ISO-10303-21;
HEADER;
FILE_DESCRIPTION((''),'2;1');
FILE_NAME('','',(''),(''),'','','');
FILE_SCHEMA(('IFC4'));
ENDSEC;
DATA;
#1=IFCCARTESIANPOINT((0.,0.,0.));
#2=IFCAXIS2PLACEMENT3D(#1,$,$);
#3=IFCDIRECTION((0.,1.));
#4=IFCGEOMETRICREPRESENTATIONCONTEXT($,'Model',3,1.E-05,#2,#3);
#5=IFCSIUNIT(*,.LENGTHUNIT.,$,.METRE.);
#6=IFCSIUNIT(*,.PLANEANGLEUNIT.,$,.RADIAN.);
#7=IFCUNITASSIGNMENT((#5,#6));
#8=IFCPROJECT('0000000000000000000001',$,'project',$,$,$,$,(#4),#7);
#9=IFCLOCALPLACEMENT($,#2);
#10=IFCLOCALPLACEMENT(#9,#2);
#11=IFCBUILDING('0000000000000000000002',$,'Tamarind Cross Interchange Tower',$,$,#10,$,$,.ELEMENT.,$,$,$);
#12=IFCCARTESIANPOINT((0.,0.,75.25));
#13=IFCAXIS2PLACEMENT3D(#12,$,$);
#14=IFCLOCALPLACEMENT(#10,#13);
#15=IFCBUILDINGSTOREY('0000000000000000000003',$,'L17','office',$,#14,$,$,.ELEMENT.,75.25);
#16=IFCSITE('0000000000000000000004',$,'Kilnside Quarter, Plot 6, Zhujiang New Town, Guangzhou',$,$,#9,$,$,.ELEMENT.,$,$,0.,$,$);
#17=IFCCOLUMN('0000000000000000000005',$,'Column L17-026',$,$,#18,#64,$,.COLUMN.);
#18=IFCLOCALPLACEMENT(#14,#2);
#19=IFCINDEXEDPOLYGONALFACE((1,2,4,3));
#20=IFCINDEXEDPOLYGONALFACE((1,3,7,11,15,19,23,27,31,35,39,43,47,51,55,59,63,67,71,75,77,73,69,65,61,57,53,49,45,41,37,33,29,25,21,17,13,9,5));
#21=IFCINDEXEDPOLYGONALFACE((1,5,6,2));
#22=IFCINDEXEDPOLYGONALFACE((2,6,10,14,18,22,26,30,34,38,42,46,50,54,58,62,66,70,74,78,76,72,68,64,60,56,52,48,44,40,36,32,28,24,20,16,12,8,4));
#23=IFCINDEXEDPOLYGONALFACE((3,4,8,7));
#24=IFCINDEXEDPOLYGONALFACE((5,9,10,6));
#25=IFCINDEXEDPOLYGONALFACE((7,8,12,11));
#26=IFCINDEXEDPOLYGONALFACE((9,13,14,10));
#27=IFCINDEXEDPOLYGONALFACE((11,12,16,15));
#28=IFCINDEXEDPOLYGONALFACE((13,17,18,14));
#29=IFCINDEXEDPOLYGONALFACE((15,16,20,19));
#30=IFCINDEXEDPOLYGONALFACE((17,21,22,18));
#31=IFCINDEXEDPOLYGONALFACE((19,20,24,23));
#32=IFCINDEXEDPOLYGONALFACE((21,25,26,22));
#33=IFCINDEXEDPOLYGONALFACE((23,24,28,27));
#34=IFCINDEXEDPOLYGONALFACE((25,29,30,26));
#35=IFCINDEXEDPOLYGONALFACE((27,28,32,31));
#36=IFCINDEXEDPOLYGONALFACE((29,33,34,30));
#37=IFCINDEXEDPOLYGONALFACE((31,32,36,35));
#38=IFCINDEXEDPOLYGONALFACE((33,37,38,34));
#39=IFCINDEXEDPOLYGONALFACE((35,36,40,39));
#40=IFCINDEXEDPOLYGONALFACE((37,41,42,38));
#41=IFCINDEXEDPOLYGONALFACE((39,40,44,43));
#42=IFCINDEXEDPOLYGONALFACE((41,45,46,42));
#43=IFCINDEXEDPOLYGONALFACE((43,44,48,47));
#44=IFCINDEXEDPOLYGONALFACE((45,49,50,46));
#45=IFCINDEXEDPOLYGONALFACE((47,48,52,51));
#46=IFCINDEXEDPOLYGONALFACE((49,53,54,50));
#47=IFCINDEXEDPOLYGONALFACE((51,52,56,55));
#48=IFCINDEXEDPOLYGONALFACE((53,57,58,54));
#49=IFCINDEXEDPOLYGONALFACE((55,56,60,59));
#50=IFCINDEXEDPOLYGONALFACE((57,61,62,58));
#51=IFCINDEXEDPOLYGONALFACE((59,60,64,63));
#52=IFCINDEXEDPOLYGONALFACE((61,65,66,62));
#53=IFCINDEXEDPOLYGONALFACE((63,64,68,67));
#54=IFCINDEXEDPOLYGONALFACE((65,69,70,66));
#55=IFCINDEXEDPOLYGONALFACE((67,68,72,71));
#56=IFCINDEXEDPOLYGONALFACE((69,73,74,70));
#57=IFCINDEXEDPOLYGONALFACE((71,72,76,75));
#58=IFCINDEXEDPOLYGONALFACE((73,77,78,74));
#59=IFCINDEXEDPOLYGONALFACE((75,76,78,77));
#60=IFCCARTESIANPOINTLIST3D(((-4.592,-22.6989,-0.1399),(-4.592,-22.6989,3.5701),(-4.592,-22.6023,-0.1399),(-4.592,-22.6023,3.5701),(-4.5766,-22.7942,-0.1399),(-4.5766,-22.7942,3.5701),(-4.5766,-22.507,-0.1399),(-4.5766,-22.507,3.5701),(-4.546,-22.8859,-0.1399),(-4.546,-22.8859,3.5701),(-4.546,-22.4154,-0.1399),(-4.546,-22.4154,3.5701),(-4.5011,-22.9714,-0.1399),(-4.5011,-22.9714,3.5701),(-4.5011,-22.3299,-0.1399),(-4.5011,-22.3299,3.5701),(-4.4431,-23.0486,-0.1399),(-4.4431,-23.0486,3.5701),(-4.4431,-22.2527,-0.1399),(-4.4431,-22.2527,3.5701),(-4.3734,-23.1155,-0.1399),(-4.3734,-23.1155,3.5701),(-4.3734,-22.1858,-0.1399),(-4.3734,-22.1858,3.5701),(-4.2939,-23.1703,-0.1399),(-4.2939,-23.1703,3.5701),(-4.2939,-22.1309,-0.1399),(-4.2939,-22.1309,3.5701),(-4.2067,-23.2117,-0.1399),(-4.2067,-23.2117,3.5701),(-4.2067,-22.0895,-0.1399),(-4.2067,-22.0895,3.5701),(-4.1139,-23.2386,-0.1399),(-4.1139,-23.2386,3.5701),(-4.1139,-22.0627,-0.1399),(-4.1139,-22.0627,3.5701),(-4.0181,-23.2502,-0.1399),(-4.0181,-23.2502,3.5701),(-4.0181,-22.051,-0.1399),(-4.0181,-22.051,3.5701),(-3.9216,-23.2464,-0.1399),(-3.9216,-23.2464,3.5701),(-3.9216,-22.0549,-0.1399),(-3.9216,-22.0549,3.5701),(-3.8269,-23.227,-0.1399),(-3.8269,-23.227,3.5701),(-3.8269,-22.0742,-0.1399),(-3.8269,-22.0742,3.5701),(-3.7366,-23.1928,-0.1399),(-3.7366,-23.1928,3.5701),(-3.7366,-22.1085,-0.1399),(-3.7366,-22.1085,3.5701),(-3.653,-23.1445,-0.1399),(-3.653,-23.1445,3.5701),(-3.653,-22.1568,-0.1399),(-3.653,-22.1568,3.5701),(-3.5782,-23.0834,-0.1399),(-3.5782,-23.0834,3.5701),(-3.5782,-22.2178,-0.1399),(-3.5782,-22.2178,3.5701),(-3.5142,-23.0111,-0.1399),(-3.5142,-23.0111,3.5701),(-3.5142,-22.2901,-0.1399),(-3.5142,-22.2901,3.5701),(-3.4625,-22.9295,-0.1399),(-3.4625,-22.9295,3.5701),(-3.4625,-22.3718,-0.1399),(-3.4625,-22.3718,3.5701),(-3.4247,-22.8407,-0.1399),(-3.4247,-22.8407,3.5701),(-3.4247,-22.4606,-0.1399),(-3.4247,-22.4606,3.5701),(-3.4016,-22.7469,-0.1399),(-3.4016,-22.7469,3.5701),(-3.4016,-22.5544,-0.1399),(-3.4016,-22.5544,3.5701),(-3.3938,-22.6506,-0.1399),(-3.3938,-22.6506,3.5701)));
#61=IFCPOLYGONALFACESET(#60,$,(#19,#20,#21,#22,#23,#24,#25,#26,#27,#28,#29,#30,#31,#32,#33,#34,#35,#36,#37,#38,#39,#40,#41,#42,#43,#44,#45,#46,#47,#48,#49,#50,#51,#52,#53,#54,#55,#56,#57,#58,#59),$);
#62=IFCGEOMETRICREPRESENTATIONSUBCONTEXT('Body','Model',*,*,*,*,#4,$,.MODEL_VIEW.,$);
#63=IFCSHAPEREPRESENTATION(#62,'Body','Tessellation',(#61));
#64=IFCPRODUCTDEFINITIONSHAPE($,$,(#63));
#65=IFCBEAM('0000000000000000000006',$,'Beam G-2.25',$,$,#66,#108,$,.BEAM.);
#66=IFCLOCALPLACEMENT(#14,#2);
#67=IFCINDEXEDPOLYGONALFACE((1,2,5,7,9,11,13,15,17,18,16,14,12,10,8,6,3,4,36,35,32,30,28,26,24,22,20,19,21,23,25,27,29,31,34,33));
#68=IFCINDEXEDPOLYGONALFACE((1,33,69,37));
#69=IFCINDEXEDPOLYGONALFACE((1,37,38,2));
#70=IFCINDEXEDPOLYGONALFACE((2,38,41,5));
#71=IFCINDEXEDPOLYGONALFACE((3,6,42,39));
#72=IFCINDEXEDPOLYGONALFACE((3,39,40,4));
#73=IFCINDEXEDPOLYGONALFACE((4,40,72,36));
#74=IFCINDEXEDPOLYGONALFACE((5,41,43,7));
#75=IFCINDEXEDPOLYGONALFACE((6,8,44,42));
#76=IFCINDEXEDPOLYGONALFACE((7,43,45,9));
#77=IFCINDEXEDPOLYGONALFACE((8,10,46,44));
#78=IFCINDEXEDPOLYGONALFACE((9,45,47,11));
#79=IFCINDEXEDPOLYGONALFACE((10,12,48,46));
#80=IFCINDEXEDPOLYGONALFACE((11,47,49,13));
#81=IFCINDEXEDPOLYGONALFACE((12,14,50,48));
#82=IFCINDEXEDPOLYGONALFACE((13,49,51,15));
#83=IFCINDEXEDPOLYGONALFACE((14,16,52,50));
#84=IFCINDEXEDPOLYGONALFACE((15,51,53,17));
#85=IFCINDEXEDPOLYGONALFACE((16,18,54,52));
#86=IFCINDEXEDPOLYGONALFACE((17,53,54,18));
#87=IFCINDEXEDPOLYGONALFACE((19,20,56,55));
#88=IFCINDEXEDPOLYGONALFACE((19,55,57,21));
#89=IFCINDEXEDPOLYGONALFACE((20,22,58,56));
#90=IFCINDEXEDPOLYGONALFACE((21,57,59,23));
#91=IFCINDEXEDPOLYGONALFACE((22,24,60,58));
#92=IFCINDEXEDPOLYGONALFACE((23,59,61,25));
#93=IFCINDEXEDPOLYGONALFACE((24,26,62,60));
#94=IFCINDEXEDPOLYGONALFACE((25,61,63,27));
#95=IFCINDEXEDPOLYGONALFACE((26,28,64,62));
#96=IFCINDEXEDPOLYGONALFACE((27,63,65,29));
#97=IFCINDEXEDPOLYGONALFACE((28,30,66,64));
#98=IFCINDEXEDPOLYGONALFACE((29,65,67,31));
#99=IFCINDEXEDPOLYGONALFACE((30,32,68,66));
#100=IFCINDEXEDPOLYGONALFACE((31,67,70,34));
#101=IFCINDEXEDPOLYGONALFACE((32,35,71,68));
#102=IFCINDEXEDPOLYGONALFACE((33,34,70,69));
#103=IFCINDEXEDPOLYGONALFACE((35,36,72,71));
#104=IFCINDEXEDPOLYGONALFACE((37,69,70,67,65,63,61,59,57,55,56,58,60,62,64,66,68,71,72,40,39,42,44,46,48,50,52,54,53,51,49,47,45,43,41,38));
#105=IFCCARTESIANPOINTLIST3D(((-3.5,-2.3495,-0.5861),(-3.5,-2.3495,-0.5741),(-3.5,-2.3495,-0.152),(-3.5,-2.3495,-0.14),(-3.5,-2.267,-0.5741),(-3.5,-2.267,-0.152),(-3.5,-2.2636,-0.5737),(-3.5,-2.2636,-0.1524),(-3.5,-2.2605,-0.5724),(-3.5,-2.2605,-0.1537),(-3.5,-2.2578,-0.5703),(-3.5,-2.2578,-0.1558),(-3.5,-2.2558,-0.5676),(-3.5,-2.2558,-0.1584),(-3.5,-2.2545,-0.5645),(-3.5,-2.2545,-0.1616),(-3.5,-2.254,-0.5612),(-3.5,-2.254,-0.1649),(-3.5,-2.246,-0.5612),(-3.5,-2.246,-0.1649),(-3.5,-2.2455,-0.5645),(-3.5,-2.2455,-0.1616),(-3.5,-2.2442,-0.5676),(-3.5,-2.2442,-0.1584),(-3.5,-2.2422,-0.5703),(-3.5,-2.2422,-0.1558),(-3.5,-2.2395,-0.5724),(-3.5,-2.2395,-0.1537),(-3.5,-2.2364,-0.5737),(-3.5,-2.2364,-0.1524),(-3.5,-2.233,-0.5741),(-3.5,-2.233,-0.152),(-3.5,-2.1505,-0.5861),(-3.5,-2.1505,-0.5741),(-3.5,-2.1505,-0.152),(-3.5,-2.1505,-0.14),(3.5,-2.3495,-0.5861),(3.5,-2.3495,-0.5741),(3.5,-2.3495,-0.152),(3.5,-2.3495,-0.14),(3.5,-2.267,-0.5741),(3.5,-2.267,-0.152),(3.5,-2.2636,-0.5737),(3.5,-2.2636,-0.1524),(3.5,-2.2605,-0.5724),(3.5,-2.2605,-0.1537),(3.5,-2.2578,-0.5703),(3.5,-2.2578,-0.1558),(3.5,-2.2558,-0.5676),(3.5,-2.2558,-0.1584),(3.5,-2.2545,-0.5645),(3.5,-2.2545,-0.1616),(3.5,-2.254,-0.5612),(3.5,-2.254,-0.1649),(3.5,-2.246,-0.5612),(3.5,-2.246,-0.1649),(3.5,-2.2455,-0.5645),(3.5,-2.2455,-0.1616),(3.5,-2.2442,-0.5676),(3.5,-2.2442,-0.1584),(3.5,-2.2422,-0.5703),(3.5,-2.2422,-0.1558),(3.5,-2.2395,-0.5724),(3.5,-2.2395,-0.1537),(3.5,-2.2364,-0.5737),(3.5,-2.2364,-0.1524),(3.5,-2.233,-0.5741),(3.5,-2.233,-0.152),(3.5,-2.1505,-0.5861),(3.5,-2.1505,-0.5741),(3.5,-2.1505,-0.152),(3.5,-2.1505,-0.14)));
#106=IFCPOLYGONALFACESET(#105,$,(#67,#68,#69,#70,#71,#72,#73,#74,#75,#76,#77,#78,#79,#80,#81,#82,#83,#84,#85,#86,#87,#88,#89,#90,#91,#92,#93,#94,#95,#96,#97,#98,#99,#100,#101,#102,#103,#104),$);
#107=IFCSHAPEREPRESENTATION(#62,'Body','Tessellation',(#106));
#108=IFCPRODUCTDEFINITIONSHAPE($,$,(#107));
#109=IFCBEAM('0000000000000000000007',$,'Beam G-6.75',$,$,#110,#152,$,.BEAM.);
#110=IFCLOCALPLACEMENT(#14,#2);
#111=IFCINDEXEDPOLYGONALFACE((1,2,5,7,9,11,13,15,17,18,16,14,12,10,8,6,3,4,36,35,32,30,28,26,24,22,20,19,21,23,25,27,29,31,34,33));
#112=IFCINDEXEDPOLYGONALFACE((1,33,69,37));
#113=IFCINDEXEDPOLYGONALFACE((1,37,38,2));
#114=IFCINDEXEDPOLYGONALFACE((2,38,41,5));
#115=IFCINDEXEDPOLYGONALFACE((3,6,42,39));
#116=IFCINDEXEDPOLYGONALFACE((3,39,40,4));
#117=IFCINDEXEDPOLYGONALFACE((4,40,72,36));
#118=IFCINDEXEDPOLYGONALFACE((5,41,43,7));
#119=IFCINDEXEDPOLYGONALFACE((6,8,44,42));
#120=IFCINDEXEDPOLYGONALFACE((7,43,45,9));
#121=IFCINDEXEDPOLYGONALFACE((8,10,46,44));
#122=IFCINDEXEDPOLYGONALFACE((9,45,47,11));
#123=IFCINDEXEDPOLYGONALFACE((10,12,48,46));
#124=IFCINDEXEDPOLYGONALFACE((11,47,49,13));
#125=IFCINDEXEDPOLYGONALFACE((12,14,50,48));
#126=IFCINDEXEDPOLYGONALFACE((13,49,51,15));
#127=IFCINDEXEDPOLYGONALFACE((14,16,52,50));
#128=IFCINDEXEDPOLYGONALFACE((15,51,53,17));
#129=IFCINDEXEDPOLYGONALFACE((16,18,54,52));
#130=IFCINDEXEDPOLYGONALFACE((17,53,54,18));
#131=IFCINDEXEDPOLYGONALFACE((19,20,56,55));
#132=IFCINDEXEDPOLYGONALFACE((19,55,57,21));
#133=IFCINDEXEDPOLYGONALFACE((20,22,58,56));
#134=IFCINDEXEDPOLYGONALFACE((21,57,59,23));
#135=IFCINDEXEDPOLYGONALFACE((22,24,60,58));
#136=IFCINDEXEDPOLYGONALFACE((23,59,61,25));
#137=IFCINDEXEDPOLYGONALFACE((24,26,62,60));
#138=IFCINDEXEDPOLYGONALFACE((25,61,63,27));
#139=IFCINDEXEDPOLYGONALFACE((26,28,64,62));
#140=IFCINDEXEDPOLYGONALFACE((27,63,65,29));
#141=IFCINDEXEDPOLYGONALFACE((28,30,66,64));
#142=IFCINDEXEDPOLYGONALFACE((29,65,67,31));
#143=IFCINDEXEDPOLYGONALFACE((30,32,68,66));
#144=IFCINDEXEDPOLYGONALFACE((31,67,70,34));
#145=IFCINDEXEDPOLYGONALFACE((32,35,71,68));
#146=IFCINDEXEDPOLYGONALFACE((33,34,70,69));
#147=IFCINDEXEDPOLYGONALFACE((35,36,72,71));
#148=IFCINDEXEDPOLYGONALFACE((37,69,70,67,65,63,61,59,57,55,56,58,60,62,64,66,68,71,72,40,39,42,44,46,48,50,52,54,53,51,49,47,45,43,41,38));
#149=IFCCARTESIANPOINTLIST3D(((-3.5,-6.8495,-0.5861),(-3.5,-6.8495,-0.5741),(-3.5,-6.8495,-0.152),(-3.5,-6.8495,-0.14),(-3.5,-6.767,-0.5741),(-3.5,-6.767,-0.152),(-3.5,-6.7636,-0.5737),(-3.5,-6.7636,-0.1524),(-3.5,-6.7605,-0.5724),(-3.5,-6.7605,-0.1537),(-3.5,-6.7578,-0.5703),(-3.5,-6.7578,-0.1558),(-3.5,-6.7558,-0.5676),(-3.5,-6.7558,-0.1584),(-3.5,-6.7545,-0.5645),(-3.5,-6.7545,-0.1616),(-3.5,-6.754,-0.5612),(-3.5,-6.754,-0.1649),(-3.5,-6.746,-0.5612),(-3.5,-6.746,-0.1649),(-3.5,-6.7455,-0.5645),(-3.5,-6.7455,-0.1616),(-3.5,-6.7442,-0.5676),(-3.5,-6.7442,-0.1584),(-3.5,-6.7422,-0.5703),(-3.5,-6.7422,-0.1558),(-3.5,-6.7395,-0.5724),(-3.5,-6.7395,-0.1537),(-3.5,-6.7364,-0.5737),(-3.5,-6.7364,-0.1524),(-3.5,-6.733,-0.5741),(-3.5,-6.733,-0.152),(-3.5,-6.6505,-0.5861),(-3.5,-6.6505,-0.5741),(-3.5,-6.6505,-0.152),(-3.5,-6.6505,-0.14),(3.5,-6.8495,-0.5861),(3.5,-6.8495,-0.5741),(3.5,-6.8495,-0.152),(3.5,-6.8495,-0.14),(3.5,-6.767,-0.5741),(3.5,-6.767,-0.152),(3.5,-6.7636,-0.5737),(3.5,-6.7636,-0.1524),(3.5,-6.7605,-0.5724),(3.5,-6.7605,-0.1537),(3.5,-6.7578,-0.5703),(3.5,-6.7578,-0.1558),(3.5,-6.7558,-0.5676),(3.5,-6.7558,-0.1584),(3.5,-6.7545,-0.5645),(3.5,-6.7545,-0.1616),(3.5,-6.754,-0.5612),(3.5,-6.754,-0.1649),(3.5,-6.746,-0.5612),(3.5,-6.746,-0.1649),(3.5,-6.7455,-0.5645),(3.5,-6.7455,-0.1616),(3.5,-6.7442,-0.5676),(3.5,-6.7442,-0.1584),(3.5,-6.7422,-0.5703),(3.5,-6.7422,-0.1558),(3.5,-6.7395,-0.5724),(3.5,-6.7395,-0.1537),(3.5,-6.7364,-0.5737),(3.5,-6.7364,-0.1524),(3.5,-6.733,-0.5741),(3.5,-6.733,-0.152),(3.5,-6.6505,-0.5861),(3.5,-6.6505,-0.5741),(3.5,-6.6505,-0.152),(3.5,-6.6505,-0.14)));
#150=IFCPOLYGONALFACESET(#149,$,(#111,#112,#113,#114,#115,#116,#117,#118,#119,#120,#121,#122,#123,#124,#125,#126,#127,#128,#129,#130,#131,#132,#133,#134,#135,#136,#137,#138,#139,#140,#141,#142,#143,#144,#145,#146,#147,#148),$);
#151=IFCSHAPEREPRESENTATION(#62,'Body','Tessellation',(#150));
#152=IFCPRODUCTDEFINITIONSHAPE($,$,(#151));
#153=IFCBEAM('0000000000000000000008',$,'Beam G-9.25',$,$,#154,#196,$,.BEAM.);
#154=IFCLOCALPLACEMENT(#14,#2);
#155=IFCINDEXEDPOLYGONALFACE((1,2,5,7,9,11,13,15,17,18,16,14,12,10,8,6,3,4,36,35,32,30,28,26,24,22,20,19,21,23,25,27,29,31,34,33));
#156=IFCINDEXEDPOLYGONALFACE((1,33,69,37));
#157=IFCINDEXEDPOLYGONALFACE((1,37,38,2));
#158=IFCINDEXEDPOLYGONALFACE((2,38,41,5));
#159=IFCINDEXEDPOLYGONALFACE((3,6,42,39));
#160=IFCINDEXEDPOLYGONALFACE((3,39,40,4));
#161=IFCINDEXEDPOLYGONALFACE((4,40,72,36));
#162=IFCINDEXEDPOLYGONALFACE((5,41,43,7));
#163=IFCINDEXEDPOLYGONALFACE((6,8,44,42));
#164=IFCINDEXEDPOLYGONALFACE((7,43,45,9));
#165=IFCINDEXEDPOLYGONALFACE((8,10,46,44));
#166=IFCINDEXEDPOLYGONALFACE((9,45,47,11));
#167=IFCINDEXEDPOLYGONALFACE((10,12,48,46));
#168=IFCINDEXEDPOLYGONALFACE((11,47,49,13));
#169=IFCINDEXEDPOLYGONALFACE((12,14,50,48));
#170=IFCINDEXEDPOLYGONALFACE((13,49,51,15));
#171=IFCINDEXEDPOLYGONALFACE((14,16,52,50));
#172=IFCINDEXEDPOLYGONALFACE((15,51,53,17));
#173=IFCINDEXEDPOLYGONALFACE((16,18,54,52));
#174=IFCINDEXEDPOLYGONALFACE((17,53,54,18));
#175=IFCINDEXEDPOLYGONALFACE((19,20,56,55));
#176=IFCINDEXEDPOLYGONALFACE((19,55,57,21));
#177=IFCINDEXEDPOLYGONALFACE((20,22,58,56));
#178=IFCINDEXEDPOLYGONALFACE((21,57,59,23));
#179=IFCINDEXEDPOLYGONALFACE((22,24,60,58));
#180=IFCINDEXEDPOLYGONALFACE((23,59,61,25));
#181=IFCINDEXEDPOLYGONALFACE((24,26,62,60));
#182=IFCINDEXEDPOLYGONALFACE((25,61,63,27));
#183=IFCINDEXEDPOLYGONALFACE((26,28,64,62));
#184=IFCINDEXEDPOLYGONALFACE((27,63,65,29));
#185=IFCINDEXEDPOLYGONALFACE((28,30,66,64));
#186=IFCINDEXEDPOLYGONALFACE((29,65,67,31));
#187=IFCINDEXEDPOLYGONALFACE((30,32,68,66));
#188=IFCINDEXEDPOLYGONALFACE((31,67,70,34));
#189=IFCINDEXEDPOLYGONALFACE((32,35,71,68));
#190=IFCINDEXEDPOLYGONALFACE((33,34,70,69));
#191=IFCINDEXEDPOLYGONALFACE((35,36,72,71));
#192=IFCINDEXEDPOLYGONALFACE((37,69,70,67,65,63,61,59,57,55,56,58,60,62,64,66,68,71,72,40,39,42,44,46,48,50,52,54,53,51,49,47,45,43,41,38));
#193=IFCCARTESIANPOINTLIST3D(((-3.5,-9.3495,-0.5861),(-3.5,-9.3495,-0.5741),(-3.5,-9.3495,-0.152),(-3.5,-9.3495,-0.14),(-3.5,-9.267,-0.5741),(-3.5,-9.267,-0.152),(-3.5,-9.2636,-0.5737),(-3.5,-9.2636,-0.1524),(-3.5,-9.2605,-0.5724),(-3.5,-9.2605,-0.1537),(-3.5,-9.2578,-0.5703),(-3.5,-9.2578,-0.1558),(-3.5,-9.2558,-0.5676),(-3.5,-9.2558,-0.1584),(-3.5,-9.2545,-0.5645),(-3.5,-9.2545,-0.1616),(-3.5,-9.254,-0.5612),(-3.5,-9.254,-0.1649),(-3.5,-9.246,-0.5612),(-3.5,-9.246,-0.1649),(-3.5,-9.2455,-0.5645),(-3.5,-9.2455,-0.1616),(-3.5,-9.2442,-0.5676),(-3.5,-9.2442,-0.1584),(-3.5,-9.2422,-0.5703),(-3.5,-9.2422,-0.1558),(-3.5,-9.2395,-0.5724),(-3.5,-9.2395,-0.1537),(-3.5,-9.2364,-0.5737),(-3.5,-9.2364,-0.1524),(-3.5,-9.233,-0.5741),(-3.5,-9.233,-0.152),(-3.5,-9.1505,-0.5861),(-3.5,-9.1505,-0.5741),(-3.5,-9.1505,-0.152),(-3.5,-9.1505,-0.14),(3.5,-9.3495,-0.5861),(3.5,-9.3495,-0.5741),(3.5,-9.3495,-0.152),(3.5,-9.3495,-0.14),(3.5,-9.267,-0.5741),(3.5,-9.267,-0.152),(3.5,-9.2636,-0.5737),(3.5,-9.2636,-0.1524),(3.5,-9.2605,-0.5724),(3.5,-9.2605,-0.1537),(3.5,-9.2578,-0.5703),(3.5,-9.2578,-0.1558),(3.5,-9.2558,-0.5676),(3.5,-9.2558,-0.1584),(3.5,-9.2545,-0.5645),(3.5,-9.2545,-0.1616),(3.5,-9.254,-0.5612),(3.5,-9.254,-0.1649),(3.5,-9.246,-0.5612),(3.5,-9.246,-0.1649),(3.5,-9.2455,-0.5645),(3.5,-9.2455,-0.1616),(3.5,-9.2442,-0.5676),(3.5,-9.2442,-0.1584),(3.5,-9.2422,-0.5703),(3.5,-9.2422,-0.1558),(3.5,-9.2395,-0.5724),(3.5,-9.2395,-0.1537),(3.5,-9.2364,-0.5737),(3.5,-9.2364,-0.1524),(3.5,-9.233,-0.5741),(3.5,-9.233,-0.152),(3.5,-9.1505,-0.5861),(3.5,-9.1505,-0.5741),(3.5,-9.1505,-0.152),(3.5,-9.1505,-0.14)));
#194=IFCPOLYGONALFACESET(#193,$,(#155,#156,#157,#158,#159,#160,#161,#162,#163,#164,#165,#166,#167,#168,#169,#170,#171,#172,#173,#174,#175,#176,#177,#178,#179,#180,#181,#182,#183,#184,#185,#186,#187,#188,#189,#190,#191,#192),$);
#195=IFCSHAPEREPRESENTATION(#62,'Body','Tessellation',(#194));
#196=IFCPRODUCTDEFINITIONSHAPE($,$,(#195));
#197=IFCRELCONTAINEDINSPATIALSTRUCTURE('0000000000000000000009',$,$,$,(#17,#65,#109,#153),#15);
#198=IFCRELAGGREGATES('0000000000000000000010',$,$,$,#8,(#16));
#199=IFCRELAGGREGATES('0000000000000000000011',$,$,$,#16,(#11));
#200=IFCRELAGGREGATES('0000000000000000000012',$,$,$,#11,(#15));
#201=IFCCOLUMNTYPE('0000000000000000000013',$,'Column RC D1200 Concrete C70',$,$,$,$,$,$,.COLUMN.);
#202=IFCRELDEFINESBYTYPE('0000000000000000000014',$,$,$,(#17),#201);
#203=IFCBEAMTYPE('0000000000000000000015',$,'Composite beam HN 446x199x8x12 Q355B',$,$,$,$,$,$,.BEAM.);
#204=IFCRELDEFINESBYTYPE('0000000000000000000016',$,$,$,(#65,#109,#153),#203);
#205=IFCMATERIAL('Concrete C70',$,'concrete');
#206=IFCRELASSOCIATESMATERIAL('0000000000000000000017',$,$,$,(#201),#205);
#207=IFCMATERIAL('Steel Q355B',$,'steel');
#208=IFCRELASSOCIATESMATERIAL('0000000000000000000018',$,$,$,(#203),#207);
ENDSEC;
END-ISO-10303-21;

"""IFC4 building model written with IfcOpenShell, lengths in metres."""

from ifc_helpers import new_model, si_unit, direction, frame, origin, origin_2d, place, context, subcontext, project, spatial, circle, i_section, extrude, material, material_profile, profile_set, type_object, element, save


model = new_model("IFC4")

# Units and contexts
model_context = context("Model", 3, precision=1e-05, world=origin(), true_north=direction((0.0, 1.0)))
body_context = subcontext(model_context, "Body", "Model", "MODEL_VIEW")
ifc_project = project(units=[si_unit("LENGTHUNIT", "METRE"), si_unit("PLANEANGLEUNIT", "RADIAN")], contexts=[model_context])

# Site, building, storey
site_placement = place(None, origin())
site = spatial("IfcSite", under=ifc_project, at=site_placement, Name="Kilnside Quarter, Plot 6, Zhujiang New Town, Guangzhou", CompositionType="ELEMENT", RefElevation=0.0)
building_placement = place(site_placement, origin())
building = spatial("IfcBuilding", under=site, at=building_placement, Name="Tamarind Cross Interchange Tower", CompositionType="ELEMENT")
storey_placement = place(building_placement, frame((0.0, 0.0, 75.25)))
storey = spatial("IfcBuildingStorey", under=building, at=storey_placement, Name="L17", Description="office", CompositionType="ELEMENT", Elevation=75.25)

# Column
ifc_material_1 = material(Name="Concrete C70", Category="concrete")
ifc_material_profile_1 = material_profile(ifc_material_1, circle(Radius=0.6001, at=origin_2d()), Name="RC D1200")
ifc_profile_set_1 = profile_set([ifc_material_profile_1], Name="Concrete C70")
column_type = type_object("IfcColumnType", Name="Column RC D1200 Concrete C70", PredefinedType="COLUMN", material=ifc_profile_set_1)
column_placement = place(storey_placement, frame((-3.9939, -22.6506, -0.1399), z_axis=(0.0, 0.0, 1.0), x_axis=(1.0, 0.0, 0.0)))
element("IfcColumn", 1, at=column_placement, inside=storey, type_object=column_type, Name="Column L17-026", PredefinedType="COLUMN", context=body_context, shape_type="SweptSolid", body=[
    extrude(circle(Radius=0.6001, at=origin_2d()), origin(), (0.0, 0.0, 1.0), 3.71),
])

# Beams
ifc_material_2 = material(Name="Steel Q355B", Category="steel")
ifc_material_profile_2 = material_profile(ifc_material_2, i_section(OverallWidth=0.199, OverallDepth=0.446, WebThickness=0.0081, FlangeThickness=0.012, FilletRadius=0.0129, at=origin_2d()), Name="HN 446x199x8x12")
ifc_profile_set_2 = profile_set([ifc_material_profile_2], Name="Steel Q355B")
beam_type_1 = type_object("IfcBeamType", Name="Composite beam HN 446x199x8x12 Q355B", PredefinedType="BEAM", material=ifc_profile_set_2)
for number, where, z_axis, x_axis, name in (
    (2, (-3.5, -2.25, -0.363), (1.0, 0.0, 0.0), (0.0, 1.0, 0.0), "Beam G-2.25"),
    (3, (-3.5, -6.75, -0.363), (1.0, 0.0, 0.0), (0.0, 1.0, 0.0), "Beam G-6.75"),
    (4, (-3.5, -9.25, -0.363), (1.0, 0.0, 0.0), (0.0, 1.0, 0.0), "Beam G-9.25"),
):
    element("IfcBeam", number, at=place(storey_placement, frame(where, z_axis=z_axis, x_axis=x_axis)), inside=storey, type_object=beam_type_1, Name=name, PredefinedType="BEAM", context=body_context, shape_type="SweptSolid", body=[
        extrude(i_section(OverallWidth=0.199, OverallDepth=0.446, WebThickness=0.0081, FlangeThickness=0.012, FilletRadius=0.0129, at=origin_2d()), origin(), (0.0, 0.0, 1.0), 7.0),
    ])

save(model, "model.ifc")
